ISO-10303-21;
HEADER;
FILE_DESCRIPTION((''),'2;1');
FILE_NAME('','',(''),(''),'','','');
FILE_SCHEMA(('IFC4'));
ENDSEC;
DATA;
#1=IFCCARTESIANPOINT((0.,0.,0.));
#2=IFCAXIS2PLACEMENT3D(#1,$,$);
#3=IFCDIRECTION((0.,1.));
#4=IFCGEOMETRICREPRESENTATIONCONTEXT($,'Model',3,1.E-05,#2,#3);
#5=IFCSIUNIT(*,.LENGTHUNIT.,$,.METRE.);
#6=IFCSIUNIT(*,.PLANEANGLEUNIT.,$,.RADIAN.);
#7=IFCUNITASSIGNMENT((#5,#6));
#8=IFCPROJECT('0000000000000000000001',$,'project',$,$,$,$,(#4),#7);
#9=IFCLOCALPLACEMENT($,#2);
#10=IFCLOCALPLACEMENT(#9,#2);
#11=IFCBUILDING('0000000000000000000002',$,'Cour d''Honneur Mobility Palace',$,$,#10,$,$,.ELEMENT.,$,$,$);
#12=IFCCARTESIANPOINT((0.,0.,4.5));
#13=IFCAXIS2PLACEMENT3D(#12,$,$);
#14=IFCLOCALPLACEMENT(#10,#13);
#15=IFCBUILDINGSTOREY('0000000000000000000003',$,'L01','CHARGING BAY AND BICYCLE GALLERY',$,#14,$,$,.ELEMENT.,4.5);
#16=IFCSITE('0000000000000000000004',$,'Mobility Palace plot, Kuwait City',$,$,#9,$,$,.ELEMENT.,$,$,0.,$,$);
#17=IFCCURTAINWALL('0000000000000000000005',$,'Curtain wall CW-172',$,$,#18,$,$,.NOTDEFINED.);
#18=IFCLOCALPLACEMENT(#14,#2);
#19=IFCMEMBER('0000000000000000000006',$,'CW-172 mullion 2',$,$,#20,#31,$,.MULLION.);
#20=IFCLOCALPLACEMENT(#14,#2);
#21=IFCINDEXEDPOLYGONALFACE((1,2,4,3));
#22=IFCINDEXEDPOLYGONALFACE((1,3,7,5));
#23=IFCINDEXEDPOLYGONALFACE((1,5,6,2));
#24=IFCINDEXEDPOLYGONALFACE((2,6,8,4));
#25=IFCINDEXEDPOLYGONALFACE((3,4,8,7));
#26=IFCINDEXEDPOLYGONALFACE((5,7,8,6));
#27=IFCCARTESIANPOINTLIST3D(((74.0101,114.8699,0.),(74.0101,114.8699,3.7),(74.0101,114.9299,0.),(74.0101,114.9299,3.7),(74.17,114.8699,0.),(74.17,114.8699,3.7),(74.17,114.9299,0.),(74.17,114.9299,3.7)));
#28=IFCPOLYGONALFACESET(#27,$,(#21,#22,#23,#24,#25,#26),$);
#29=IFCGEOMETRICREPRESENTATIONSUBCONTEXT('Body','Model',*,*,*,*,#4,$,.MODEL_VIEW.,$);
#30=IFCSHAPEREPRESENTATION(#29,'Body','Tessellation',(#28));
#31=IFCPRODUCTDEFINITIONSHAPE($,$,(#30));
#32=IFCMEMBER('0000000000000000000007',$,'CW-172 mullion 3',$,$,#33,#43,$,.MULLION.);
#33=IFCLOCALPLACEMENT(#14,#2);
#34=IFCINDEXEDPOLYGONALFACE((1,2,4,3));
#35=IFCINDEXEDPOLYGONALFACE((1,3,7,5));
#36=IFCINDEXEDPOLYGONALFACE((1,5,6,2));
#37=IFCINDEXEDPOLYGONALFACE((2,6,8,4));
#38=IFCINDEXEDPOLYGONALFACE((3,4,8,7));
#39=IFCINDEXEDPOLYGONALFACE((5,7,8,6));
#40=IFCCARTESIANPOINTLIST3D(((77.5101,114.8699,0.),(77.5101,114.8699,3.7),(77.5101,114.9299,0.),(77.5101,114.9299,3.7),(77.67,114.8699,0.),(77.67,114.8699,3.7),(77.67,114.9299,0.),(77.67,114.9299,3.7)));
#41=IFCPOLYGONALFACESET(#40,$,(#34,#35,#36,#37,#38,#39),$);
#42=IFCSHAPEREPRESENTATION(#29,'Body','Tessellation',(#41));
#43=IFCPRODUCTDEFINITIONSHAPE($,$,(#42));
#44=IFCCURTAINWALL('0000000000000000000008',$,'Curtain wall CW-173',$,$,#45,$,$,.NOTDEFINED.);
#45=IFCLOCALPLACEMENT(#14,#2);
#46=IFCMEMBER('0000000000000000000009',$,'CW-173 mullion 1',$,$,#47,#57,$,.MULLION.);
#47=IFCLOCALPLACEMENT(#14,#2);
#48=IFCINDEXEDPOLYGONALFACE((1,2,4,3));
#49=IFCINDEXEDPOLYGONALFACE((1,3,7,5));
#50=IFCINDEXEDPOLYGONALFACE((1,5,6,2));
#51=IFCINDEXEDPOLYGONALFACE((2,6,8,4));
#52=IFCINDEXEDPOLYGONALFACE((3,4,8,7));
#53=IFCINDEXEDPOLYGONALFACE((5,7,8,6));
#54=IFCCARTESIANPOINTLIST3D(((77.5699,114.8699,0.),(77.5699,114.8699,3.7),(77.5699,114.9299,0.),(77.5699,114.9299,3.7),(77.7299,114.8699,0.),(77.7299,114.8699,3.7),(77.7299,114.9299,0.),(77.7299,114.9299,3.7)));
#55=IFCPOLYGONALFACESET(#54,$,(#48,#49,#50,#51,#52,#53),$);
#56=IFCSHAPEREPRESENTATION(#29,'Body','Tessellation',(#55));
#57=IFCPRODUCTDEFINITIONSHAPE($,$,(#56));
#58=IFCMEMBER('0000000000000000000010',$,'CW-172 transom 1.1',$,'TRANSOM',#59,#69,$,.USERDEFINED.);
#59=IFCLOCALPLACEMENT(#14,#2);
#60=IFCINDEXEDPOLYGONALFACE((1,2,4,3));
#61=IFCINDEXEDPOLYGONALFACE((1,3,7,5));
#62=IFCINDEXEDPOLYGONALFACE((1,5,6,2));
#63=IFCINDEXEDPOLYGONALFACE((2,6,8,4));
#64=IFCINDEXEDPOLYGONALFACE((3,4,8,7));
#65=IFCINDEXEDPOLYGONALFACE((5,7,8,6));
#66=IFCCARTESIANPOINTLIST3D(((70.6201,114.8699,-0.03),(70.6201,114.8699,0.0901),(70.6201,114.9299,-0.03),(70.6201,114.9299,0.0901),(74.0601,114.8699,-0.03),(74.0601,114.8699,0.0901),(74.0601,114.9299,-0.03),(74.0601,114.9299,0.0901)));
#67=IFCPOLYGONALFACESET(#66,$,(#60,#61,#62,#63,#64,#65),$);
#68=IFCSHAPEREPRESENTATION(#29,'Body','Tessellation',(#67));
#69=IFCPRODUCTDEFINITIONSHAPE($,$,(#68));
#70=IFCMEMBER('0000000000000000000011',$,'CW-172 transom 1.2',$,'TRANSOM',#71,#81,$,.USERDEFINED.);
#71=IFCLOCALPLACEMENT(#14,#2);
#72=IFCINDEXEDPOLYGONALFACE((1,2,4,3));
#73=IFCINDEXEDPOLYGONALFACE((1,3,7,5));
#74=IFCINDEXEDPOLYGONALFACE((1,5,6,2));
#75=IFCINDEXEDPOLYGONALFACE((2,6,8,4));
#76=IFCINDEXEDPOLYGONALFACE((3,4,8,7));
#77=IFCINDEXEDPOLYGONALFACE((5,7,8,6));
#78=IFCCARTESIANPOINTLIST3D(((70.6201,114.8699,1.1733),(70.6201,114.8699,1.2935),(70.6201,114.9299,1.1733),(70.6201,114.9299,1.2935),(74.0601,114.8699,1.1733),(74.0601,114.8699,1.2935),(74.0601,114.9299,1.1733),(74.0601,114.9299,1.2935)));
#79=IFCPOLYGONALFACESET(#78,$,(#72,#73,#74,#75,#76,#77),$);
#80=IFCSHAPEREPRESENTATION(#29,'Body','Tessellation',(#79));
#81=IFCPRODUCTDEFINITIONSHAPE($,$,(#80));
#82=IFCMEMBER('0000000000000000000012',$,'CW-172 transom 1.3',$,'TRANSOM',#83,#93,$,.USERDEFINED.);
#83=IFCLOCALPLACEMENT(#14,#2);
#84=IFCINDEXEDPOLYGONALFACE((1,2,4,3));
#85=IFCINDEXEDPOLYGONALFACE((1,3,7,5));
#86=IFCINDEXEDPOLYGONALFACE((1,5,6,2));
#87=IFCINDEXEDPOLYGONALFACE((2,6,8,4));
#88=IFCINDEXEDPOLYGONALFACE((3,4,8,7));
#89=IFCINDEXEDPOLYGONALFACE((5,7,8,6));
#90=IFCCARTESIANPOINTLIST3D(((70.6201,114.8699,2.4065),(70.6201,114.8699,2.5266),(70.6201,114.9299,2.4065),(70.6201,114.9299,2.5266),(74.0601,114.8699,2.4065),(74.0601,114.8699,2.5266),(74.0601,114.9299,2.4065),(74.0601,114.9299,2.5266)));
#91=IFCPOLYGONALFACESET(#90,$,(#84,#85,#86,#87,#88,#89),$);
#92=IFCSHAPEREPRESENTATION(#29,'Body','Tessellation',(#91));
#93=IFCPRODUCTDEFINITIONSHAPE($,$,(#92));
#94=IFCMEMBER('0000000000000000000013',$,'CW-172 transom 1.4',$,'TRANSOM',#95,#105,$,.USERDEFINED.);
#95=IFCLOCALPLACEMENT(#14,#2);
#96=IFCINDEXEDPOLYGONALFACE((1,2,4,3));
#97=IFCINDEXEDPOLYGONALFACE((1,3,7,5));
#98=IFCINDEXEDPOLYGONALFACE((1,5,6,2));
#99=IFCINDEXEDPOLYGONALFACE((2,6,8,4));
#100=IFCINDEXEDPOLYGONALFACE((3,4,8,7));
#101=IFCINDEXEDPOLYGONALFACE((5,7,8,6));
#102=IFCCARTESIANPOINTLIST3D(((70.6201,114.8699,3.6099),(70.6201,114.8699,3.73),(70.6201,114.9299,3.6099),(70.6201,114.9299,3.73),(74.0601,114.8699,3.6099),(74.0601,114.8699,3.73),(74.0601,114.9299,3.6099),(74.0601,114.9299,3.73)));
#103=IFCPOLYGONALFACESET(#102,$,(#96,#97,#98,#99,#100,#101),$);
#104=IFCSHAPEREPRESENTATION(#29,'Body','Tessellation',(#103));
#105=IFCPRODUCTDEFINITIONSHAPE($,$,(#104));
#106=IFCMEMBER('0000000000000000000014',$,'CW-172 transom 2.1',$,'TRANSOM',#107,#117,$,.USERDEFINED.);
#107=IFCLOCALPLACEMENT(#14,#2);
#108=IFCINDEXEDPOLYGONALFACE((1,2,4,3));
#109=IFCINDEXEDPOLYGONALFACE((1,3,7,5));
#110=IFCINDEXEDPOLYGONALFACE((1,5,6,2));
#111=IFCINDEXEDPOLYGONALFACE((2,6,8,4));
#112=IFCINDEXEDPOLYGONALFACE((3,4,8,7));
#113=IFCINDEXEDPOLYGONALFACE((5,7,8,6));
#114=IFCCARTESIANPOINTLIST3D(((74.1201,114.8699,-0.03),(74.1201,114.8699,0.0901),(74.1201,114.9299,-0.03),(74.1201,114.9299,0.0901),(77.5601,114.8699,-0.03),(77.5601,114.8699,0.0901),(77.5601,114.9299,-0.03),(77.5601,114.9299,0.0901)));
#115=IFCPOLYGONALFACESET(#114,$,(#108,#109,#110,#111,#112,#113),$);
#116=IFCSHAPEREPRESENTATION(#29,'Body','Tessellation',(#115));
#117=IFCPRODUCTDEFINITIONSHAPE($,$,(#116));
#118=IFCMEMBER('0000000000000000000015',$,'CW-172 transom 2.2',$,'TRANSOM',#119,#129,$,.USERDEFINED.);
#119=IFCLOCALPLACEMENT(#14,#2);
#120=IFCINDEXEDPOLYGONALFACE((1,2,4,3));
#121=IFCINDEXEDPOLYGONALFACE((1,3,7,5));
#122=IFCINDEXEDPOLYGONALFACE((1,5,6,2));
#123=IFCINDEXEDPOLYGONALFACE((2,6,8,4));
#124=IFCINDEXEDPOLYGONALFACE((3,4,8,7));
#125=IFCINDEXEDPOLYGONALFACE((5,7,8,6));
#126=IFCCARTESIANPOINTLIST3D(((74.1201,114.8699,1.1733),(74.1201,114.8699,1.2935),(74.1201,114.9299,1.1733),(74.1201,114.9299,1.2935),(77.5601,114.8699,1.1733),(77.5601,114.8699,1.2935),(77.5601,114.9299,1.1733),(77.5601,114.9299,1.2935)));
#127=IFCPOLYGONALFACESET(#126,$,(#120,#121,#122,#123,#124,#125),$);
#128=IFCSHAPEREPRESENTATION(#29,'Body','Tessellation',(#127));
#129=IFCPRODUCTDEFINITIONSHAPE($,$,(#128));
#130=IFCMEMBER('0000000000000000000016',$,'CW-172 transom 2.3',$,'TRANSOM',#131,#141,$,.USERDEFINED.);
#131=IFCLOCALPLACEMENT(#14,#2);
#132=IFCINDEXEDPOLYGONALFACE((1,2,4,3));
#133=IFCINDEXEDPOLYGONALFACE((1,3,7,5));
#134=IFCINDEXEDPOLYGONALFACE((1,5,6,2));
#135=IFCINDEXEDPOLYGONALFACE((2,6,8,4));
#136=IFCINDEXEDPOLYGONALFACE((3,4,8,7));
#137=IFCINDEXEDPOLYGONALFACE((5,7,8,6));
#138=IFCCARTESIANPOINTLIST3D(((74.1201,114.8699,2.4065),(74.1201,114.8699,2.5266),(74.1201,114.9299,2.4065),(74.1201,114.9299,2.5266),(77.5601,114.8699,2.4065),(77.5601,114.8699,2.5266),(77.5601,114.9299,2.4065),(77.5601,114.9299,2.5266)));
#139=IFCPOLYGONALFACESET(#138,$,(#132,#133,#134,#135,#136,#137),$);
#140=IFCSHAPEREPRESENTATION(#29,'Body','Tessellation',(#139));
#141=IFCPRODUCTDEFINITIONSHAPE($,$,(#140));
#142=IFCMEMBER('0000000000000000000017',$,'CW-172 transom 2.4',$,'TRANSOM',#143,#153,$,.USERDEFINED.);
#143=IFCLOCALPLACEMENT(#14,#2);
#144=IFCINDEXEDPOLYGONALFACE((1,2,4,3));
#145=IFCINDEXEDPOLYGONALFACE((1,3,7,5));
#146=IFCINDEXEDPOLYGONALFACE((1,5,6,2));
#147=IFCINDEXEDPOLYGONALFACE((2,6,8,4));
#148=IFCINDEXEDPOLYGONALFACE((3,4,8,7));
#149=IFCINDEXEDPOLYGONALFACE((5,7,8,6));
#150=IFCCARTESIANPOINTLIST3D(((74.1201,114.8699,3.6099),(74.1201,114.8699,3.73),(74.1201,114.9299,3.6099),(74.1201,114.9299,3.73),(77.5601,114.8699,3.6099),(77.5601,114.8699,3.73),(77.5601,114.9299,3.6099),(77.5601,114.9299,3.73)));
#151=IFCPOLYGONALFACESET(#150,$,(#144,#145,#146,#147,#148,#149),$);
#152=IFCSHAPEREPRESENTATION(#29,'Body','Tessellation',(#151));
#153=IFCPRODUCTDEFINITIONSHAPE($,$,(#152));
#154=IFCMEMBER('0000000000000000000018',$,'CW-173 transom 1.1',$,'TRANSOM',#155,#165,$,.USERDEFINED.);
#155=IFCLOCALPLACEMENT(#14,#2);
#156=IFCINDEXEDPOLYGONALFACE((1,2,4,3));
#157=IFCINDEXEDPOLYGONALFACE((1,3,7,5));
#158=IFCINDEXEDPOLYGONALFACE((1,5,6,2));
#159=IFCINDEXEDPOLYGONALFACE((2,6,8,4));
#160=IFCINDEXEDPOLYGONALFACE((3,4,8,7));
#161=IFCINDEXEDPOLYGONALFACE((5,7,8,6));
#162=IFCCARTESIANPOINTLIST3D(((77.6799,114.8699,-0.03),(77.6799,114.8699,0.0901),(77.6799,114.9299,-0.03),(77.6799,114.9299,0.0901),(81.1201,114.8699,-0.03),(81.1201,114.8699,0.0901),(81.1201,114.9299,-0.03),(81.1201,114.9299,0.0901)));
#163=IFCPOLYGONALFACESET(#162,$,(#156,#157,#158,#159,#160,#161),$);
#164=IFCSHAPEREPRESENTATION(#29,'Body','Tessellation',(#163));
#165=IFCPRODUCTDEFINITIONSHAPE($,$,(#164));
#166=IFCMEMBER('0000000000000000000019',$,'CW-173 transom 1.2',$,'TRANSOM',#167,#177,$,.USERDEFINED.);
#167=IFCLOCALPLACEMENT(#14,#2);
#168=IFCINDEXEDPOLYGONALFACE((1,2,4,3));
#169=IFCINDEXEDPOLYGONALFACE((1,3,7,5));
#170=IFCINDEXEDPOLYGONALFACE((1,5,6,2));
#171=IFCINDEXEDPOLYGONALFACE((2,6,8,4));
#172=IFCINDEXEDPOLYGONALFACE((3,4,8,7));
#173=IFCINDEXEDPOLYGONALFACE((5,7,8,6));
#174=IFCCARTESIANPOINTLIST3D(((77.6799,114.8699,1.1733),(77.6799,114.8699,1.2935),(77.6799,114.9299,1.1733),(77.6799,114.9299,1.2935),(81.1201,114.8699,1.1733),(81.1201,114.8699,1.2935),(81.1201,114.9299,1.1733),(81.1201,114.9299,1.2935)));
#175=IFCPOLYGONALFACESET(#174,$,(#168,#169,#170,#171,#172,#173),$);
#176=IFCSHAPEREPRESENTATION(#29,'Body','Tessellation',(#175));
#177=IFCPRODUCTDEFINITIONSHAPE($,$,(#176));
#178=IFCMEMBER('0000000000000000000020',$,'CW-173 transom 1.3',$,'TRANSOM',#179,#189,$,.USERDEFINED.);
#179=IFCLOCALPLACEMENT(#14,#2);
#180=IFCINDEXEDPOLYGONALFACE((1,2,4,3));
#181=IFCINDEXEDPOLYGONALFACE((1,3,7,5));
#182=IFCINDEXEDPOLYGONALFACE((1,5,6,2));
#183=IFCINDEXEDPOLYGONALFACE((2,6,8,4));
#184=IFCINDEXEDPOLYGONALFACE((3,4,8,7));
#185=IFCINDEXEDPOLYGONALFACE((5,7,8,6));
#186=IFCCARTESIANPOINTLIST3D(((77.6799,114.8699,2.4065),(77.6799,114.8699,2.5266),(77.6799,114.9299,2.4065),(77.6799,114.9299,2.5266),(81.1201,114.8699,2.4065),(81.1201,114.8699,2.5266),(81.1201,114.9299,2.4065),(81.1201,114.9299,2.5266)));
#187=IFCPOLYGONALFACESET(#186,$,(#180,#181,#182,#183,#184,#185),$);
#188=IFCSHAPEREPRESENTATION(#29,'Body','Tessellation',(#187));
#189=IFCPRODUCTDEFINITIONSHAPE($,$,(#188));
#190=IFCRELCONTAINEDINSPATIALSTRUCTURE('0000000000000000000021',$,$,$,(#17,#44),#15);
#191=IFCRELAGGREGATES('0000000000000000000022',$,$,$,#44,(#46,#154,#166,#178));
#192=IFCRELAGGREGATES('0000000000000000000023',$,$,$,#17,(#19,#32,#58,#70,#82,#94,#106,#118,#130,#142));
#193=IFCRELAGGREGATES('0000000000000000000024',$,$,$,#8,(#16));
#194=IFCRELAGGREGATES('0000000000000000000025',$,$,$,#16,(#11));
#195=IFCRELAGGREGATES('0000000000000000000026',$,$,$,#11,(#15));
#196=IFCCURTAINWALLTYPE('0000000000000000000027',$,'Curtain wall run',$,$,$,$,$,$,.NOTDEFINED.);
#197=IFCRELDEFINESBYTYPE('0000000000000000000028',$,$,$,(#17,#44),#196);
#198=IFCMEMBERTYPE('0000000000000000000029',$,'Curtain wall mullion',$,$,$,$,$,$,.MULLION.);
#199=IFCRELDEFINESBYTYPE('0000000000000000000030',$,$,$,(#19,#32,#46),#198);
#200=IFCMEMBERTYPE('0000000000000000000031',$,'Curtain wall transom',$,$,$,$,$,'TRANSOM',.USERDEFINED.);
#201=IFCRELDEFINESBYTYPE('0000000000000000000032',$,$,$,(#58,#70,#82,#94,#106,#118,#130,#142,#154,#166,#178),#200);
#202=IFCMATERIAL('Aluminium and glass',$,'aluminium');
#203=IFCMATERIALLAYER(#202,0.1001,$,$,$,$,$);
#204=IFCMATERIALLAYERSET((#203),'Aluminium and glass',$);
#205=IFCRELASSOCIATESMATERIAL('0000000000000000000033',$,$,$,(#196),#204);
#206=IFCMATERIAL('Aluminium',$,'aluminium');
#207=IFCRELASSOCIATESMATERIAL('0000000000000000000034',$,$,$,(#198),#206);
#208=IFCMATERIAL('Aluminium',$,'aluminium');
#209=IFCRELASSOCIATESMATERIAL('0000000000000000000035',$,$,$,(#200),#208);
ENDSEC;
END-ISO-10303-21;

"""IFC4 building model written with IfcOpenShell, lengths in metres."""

from ifc_helpers import new_model, si_unit, direction, frame, origin, origin_2d, place, context, subcontext, project, spatial, rectangle, extrude, material, layer, layer_set, material_profile, profile_set, type_object, element, aggregate, save


model = new_model("IFC4")

# Units and contexts
model_context = context("Model", 3, precision=1e-05, world=origin(), true_north=direction((0.0, 1.0)))
body_context = subcontext(model_context, "Body", "Model", "MODEL_VIEW")
ifc_project = project(units=[si_unit("LENGTHUNIT", "METRE"), si_unit("PLANEANGLEUNIT", "RADIAN")], contexts=[model_context])

# Site, building, storey
site_placement = place(None, origin())
site = spatial("IfcSite", under=ifc_project, at=site_placement, Name="Mobility Palace plot, Kuwait City", CompositionType="ELEMENT", RefElevation=0.0)
building_placement = place(site_placement, origin())
building = spatial("IfcBuilding", under=site, at=building_placement, Name="Cour d'Honneur Mobility Palace", CompositionType="ELEMENT")
storey_placement = place(building_placement, frame((0.0, 0.0, 4.5)))
storey = spatial("IfcBuildingStorey", under=building, at=storey_placement, Name="L01", Description="CHARGING BAY AND BICYCLE GALLERY", CompositionType="ELEMENT", Elevation=4.5)

# Curtain wall, members
ifc_material_1 = material(Name="Aluminium and glass", Category="aluminium")
ifc_layer_1 = layer(ifc_material_1, 0.1001)
ifc_layer_set_1 = layer_set([ifc_layer_1], Name="Aluminium and glass")
curtain_wall_type = type_object("IfcCurtainWallType", Name="Curtain wall run", PredefinedType="NOTDEFINED", material=ifc_layer_set_1)
curtain_wall_1_placement = place(storey_placement, origin())
curtain_wall_1 = element("IfcCurtainWall", 1, at=curtain_wall_1_placement, inside=storey, type_object=curtain_wall_type, Name="Curtain wall CW-172", PredefinedType="NOTDEFINED")
ifc_material_2 = material(Name="Aluminium", Category="aluminium")
ifc_material_profile_1 = material_profile(ifc_material_2, rectangle(XDim=0.0601, YDim=0.1599, at=origin_2d()), Name="Curtain wall mullion")
ifc_profile_set_1 = profile_set([ifc_material_profile_1], Name="Aluminium")
member_type_1 = type_object("IfcMemberType", Name="Curtain wall mullion", PredefinedType="MULLION", material=ifc_profile_set_1)
member_1_placement = place(storey_placement, frame((74.0901, 114.8999, 0.0), z_axis=(0.0, 0.0, 1.0), x_axis=(0.0, 1.0, 0.0)))
member_1 = element("IfcMember", 2, at=member_1_placement, type_object=member_type_1, Name="CW-172 mullion 2", PredefinedType="MULLION", context=body_context, shape_type="SweptSolid", body=[
    extrude(rectangle(XDim=0.0601, YDim=0.1599, at=origin_2d()), origin(), (0.0, 0.0, 1.0), 3.7),
])
member_2_placement = place(storey_placement, frame((77.5901, 114.8999, 0.0), z_axis=(0.0, 0.0, 1.0), x_axis=(0.0, 1.0, 0.0)))
member_2 = element("IfcMember", 3, at=member_2_placement, type_object=member_type_1, Name="CW-172 mullion 3", PredefinedType="MULLION", context=body_context, shape_type="SweptSolid", body=[
    extrude(rectangle(XDim=0.0601, YDim=0.1599, at=origin_2d()), origin(), (0.0, 0.0, 1.0), 3.7),
])

# Curtain wall, member
curtain_wall_2_placement = place(storey_placement, origin())
curtain_wall_2 = element("IfcCurtainWall", 4, at=curtain_wall_2_placement, inside=storey, type_object=curtain_wall_type, Name="Curtain wall CW-173", PredefinedType="NOTDEFINED")
member_3_placement = place(storey_placement, frame((77.6499, 114.8999, 0.0), z_axis=(0.0, 0.0, 1.0), x_axis=(0.0, 1.0, 0.0)))
member_3 = element("IfcMember", 5, at=member_3_placement, type_object=member_type_1, Name="CW-173 mullion 1", PredefinedType="MULLION", context=body_context, shape_type="SweptSolid", body=[
    extrude(rectangle(XDim=0.0601, YDim=0.1599, at=origin_2d()), origin(), (0.0, 0.0, 1.0), 3.7),
])

# Members
ifc_material_3 = material(Name="Aluminium", Category="aluminium")
ifc_material_profile_2 = material_profile(ifc_material_3, rectangle(XDim=0.0601, YDim=0.1201, at=origin_2d()), Name="Curtain wall transom")
ifc_profile_set_2 = profile_set([ifc_material_profile_2], Name="Aluminium")
member_type_2 = type_object("IfcMemberType", Name="Curtain wall transom", ElementType="TRANSOM", PredefinedType="USERDEFINED", material=ifc_profile_set_2)
member_4_placement = place(storey_placement, frame((70.6201, 114.8999, 0.03), z_axis=(1.0, 0.0, 0.0), x_axis=(0.0, 1.0, 0.0)))
member_4 = element("IfcMember", 6, at=member_4_placement, type_object=member_type_2, Name="CW-172 transom 1.1", ObjectType="TRANSOM", PredefinedType="USERDEFINED", context=body_context, shape_type="SweptSolid", body=[
    extrude(rectangle(XDim=0.0601, YDim=0.1201, at=origin_2d()), origin(), (0.0, 0.0, 1.0), 3.4399),
])
member_5_placement = place(storey_placement, frame((70.6201, 114.8999, 1.2334), z_axis=(1.0, 0.0, 0.0), x_axis=(0.0, 1.0, 0.0)))
member_5 = element("IfcMember", 7, at=member_5_placement, type_object=member_type_2, Name="CW-172 transom 1.2", ObjectType="TRANSOM", PredefinedType="USERDEFINED", context=body_context, shape_type="SweptSolid", body=[
    extrude(rectangle(XDim=0.0601, YDim=0.1201, at=origin_2d()), origin(), (0.0, 0.0, 1.0), 3.4399),
])
member_6_placement = place(storey_placement, frame((70.6201, 114.8999, 2.4666), z_axis=(1.0, 0.0, 0.0), x_axis=(0.0, 1.0, 0.0)))
member_6 = element("IfcMember", 8, at=member_6_placement, type_object=member_type_2, Name="CW-172 transom 1.3", ObjectType="TRANSOM", PredefinedType="USERDEFINED", context=body_context, shape_type="SweptSolid", body=[
    extrude(rectangle(XDim=0.0601, YDim=0.1201, at=origin_2d()), origin(), (0.0, 0.0, 1.0), 3.4399),
])
member_7_placement = place(storey_placement, frame((70.6201, 114.8999, 3.6699), z_axis=(1.0, 0.0, 0.0), x_axis=(0.0, 1.0, 0.0)))
member_7 = element("IfcMember", 9, at=member_7_placement, type_object=member_type_2, Name="CW-172 transom 1.4", ObjectType="TRANSOM", PredefinedType="USERDEFINED", context=body_context, shape_type="SweptSolid", body=[
    extrude(rectangle(XDim=0.0601, YDim=0.1201, at=origin_2d()), origin(), (0.0, 0.0, 1.0), 3.4399),
])
member_8_placement = place(storey_placement, frame((74.1201, 114.8999, 0.03), z_axis=(1.0, 0.0, 0.0), x_axis=(0.0, 1.0, 0.0)))
member_8 = element("IfcMember", 10, at=member_8_placement, type_object=member_type_2, Name="CW-172 transom 2.1", ObjectType="TRANSOM", PredefinedType="USERDEFINED", context=body_context, shape_type="SweptSolid", body=[
    extrude(rectangle(XDim=0.0601, YDim=0.1201, at=origin_2d()), origin(), (0.0, 0.0, 1.0), 3.4399),
])
member_9_placement = place(storey_placement, frame((74.1201, 114.8999, 1.2334), z_axis=(1.0, 0.0, 0.0), x_axis=(0.0, 1.0, 0.0)))
member_9 = element("IfcMember", 11, at=member_9_placement, type_object=member_type_2, Name="CW-172 transom 2.2", ObjectType="TRANSOM", PredefinedType="USERDEFINED", context=body_context, shape_type="SweptSolid", body=[
    extrude(rectangle(XDim=0.0601, YDim=0.1201, at=origin_2d()), origin(), (0.0, 0.0, 1.0), 3.4399),
])
member_10_placement = place(storey_placement, frame((74.1201, 114.8999, 2.4666), z_axis=(1.0, 0.0, 0.0), x_axis=(0.0, 1.0, 0.0)))
member_10 = element("IfcMember", 12, at=member_10_placement, type_object=member_type_2, Name="CW-172 transom 2.3", ObjectType="TRANSOM", PredefinedType="USERDEFINED", context=body_context, shape_type="SweptSolid", body=[
    extrude(rectangle(XDim=0.0601, YDim=0.1201, at=origin_2d()), origin(), (0.0, 0.0, 1.0), 3.4399),
])
member_11_placement = place(storey_placement, frame((74.1201, 114.8999, 3.6699), z_axis=(1.0, 0.0, 0.0), x_axis=(0.0, 1.0, 0.0)))
member_11 = element("IfcMember", 13, at=member_11_placement, type_object=member_type_2, Name="CW-172 transom 2.4", ObjectType="TRANSOM", PredefinedType="USERDEFINED", context=body_context, shape_type="SweptSolid", body=[
    extrude(rectangle(XDim=0.0601, YDim=0.1201, at=origin_2d()), origin(), (0.0, 0.0, 1.0), 3.4399),
])
member_12_placement = place(storey_placement, frame((77.6799, 114.8999, 0.03), z_axis=(1.0, 0.0, 0.0), x_axis=(0.0, 1.0, 0.0)))
member_12 = element("IfcMember", 14, at=member_12_placement, type_object=member_type_2, Name="CW-173 transom 1.1", ObjectType="TRANSOM", PredefinedType="USERDEFINED", context=body_context, shape_type="SweptSolid", body=[
    extrude(rectangle(XDim=0.0601, YDim=0.1201, at=origin_2d()), origin(), (0.0, 0.0, 1.0), 3.4402),
])
member_13_placement = place(storey_placement, frame((77.6799, 114.8999, 1.2334), z_axis=(1.0, 0.0, 0.0), x_axis=(0.0, 1.0, 0.0)))
member_13 = element("IfcMember", 15, at=member_13_placement, type_object=member_type_2, Name="CW-173 transom 1.2", ObjectType="TRANSOM", PredefinedType="USERDEFINED", context=body_context, shape_type="SweptSolid", body=[
    extrude(rectangle(XDim=0.0601, YDim=0.1201, at=origin_2d()), origin(), (0.0, 0.0, 1.0), 3.4402),
])
member_14_placement = place(storey_placement, frame((77.6799, 114.8999, 2.4666), z_axis=(1.0, 0.0, 0.0), x_axis=(0.0, 1.0, 0.0)))
member_14 = element("IfcMember", 16, at=member_14_placement, type_object=member_type_2, Name="CW-173 transom 1.3", ObjectType="TRANSOM", PredefinedType="USERDEFINED", context=body_context, shape_type="SweptSolid", body=[
    extrude(rectangle(XDim=0.0601, YDim=0.1201, at=origin_2d()), origin(), (0.0, 0.0, 1.0), 3.4402),
])
aggregate(curtain_wall_2, [member_3, member_12, member_13, member_14])

aggregate(curtain_wall_1, [member_1, member_2, member_4, member_5, member_6, member_7, member_8, member_9, member_10, member_11])

save(model, "model.ifc")
